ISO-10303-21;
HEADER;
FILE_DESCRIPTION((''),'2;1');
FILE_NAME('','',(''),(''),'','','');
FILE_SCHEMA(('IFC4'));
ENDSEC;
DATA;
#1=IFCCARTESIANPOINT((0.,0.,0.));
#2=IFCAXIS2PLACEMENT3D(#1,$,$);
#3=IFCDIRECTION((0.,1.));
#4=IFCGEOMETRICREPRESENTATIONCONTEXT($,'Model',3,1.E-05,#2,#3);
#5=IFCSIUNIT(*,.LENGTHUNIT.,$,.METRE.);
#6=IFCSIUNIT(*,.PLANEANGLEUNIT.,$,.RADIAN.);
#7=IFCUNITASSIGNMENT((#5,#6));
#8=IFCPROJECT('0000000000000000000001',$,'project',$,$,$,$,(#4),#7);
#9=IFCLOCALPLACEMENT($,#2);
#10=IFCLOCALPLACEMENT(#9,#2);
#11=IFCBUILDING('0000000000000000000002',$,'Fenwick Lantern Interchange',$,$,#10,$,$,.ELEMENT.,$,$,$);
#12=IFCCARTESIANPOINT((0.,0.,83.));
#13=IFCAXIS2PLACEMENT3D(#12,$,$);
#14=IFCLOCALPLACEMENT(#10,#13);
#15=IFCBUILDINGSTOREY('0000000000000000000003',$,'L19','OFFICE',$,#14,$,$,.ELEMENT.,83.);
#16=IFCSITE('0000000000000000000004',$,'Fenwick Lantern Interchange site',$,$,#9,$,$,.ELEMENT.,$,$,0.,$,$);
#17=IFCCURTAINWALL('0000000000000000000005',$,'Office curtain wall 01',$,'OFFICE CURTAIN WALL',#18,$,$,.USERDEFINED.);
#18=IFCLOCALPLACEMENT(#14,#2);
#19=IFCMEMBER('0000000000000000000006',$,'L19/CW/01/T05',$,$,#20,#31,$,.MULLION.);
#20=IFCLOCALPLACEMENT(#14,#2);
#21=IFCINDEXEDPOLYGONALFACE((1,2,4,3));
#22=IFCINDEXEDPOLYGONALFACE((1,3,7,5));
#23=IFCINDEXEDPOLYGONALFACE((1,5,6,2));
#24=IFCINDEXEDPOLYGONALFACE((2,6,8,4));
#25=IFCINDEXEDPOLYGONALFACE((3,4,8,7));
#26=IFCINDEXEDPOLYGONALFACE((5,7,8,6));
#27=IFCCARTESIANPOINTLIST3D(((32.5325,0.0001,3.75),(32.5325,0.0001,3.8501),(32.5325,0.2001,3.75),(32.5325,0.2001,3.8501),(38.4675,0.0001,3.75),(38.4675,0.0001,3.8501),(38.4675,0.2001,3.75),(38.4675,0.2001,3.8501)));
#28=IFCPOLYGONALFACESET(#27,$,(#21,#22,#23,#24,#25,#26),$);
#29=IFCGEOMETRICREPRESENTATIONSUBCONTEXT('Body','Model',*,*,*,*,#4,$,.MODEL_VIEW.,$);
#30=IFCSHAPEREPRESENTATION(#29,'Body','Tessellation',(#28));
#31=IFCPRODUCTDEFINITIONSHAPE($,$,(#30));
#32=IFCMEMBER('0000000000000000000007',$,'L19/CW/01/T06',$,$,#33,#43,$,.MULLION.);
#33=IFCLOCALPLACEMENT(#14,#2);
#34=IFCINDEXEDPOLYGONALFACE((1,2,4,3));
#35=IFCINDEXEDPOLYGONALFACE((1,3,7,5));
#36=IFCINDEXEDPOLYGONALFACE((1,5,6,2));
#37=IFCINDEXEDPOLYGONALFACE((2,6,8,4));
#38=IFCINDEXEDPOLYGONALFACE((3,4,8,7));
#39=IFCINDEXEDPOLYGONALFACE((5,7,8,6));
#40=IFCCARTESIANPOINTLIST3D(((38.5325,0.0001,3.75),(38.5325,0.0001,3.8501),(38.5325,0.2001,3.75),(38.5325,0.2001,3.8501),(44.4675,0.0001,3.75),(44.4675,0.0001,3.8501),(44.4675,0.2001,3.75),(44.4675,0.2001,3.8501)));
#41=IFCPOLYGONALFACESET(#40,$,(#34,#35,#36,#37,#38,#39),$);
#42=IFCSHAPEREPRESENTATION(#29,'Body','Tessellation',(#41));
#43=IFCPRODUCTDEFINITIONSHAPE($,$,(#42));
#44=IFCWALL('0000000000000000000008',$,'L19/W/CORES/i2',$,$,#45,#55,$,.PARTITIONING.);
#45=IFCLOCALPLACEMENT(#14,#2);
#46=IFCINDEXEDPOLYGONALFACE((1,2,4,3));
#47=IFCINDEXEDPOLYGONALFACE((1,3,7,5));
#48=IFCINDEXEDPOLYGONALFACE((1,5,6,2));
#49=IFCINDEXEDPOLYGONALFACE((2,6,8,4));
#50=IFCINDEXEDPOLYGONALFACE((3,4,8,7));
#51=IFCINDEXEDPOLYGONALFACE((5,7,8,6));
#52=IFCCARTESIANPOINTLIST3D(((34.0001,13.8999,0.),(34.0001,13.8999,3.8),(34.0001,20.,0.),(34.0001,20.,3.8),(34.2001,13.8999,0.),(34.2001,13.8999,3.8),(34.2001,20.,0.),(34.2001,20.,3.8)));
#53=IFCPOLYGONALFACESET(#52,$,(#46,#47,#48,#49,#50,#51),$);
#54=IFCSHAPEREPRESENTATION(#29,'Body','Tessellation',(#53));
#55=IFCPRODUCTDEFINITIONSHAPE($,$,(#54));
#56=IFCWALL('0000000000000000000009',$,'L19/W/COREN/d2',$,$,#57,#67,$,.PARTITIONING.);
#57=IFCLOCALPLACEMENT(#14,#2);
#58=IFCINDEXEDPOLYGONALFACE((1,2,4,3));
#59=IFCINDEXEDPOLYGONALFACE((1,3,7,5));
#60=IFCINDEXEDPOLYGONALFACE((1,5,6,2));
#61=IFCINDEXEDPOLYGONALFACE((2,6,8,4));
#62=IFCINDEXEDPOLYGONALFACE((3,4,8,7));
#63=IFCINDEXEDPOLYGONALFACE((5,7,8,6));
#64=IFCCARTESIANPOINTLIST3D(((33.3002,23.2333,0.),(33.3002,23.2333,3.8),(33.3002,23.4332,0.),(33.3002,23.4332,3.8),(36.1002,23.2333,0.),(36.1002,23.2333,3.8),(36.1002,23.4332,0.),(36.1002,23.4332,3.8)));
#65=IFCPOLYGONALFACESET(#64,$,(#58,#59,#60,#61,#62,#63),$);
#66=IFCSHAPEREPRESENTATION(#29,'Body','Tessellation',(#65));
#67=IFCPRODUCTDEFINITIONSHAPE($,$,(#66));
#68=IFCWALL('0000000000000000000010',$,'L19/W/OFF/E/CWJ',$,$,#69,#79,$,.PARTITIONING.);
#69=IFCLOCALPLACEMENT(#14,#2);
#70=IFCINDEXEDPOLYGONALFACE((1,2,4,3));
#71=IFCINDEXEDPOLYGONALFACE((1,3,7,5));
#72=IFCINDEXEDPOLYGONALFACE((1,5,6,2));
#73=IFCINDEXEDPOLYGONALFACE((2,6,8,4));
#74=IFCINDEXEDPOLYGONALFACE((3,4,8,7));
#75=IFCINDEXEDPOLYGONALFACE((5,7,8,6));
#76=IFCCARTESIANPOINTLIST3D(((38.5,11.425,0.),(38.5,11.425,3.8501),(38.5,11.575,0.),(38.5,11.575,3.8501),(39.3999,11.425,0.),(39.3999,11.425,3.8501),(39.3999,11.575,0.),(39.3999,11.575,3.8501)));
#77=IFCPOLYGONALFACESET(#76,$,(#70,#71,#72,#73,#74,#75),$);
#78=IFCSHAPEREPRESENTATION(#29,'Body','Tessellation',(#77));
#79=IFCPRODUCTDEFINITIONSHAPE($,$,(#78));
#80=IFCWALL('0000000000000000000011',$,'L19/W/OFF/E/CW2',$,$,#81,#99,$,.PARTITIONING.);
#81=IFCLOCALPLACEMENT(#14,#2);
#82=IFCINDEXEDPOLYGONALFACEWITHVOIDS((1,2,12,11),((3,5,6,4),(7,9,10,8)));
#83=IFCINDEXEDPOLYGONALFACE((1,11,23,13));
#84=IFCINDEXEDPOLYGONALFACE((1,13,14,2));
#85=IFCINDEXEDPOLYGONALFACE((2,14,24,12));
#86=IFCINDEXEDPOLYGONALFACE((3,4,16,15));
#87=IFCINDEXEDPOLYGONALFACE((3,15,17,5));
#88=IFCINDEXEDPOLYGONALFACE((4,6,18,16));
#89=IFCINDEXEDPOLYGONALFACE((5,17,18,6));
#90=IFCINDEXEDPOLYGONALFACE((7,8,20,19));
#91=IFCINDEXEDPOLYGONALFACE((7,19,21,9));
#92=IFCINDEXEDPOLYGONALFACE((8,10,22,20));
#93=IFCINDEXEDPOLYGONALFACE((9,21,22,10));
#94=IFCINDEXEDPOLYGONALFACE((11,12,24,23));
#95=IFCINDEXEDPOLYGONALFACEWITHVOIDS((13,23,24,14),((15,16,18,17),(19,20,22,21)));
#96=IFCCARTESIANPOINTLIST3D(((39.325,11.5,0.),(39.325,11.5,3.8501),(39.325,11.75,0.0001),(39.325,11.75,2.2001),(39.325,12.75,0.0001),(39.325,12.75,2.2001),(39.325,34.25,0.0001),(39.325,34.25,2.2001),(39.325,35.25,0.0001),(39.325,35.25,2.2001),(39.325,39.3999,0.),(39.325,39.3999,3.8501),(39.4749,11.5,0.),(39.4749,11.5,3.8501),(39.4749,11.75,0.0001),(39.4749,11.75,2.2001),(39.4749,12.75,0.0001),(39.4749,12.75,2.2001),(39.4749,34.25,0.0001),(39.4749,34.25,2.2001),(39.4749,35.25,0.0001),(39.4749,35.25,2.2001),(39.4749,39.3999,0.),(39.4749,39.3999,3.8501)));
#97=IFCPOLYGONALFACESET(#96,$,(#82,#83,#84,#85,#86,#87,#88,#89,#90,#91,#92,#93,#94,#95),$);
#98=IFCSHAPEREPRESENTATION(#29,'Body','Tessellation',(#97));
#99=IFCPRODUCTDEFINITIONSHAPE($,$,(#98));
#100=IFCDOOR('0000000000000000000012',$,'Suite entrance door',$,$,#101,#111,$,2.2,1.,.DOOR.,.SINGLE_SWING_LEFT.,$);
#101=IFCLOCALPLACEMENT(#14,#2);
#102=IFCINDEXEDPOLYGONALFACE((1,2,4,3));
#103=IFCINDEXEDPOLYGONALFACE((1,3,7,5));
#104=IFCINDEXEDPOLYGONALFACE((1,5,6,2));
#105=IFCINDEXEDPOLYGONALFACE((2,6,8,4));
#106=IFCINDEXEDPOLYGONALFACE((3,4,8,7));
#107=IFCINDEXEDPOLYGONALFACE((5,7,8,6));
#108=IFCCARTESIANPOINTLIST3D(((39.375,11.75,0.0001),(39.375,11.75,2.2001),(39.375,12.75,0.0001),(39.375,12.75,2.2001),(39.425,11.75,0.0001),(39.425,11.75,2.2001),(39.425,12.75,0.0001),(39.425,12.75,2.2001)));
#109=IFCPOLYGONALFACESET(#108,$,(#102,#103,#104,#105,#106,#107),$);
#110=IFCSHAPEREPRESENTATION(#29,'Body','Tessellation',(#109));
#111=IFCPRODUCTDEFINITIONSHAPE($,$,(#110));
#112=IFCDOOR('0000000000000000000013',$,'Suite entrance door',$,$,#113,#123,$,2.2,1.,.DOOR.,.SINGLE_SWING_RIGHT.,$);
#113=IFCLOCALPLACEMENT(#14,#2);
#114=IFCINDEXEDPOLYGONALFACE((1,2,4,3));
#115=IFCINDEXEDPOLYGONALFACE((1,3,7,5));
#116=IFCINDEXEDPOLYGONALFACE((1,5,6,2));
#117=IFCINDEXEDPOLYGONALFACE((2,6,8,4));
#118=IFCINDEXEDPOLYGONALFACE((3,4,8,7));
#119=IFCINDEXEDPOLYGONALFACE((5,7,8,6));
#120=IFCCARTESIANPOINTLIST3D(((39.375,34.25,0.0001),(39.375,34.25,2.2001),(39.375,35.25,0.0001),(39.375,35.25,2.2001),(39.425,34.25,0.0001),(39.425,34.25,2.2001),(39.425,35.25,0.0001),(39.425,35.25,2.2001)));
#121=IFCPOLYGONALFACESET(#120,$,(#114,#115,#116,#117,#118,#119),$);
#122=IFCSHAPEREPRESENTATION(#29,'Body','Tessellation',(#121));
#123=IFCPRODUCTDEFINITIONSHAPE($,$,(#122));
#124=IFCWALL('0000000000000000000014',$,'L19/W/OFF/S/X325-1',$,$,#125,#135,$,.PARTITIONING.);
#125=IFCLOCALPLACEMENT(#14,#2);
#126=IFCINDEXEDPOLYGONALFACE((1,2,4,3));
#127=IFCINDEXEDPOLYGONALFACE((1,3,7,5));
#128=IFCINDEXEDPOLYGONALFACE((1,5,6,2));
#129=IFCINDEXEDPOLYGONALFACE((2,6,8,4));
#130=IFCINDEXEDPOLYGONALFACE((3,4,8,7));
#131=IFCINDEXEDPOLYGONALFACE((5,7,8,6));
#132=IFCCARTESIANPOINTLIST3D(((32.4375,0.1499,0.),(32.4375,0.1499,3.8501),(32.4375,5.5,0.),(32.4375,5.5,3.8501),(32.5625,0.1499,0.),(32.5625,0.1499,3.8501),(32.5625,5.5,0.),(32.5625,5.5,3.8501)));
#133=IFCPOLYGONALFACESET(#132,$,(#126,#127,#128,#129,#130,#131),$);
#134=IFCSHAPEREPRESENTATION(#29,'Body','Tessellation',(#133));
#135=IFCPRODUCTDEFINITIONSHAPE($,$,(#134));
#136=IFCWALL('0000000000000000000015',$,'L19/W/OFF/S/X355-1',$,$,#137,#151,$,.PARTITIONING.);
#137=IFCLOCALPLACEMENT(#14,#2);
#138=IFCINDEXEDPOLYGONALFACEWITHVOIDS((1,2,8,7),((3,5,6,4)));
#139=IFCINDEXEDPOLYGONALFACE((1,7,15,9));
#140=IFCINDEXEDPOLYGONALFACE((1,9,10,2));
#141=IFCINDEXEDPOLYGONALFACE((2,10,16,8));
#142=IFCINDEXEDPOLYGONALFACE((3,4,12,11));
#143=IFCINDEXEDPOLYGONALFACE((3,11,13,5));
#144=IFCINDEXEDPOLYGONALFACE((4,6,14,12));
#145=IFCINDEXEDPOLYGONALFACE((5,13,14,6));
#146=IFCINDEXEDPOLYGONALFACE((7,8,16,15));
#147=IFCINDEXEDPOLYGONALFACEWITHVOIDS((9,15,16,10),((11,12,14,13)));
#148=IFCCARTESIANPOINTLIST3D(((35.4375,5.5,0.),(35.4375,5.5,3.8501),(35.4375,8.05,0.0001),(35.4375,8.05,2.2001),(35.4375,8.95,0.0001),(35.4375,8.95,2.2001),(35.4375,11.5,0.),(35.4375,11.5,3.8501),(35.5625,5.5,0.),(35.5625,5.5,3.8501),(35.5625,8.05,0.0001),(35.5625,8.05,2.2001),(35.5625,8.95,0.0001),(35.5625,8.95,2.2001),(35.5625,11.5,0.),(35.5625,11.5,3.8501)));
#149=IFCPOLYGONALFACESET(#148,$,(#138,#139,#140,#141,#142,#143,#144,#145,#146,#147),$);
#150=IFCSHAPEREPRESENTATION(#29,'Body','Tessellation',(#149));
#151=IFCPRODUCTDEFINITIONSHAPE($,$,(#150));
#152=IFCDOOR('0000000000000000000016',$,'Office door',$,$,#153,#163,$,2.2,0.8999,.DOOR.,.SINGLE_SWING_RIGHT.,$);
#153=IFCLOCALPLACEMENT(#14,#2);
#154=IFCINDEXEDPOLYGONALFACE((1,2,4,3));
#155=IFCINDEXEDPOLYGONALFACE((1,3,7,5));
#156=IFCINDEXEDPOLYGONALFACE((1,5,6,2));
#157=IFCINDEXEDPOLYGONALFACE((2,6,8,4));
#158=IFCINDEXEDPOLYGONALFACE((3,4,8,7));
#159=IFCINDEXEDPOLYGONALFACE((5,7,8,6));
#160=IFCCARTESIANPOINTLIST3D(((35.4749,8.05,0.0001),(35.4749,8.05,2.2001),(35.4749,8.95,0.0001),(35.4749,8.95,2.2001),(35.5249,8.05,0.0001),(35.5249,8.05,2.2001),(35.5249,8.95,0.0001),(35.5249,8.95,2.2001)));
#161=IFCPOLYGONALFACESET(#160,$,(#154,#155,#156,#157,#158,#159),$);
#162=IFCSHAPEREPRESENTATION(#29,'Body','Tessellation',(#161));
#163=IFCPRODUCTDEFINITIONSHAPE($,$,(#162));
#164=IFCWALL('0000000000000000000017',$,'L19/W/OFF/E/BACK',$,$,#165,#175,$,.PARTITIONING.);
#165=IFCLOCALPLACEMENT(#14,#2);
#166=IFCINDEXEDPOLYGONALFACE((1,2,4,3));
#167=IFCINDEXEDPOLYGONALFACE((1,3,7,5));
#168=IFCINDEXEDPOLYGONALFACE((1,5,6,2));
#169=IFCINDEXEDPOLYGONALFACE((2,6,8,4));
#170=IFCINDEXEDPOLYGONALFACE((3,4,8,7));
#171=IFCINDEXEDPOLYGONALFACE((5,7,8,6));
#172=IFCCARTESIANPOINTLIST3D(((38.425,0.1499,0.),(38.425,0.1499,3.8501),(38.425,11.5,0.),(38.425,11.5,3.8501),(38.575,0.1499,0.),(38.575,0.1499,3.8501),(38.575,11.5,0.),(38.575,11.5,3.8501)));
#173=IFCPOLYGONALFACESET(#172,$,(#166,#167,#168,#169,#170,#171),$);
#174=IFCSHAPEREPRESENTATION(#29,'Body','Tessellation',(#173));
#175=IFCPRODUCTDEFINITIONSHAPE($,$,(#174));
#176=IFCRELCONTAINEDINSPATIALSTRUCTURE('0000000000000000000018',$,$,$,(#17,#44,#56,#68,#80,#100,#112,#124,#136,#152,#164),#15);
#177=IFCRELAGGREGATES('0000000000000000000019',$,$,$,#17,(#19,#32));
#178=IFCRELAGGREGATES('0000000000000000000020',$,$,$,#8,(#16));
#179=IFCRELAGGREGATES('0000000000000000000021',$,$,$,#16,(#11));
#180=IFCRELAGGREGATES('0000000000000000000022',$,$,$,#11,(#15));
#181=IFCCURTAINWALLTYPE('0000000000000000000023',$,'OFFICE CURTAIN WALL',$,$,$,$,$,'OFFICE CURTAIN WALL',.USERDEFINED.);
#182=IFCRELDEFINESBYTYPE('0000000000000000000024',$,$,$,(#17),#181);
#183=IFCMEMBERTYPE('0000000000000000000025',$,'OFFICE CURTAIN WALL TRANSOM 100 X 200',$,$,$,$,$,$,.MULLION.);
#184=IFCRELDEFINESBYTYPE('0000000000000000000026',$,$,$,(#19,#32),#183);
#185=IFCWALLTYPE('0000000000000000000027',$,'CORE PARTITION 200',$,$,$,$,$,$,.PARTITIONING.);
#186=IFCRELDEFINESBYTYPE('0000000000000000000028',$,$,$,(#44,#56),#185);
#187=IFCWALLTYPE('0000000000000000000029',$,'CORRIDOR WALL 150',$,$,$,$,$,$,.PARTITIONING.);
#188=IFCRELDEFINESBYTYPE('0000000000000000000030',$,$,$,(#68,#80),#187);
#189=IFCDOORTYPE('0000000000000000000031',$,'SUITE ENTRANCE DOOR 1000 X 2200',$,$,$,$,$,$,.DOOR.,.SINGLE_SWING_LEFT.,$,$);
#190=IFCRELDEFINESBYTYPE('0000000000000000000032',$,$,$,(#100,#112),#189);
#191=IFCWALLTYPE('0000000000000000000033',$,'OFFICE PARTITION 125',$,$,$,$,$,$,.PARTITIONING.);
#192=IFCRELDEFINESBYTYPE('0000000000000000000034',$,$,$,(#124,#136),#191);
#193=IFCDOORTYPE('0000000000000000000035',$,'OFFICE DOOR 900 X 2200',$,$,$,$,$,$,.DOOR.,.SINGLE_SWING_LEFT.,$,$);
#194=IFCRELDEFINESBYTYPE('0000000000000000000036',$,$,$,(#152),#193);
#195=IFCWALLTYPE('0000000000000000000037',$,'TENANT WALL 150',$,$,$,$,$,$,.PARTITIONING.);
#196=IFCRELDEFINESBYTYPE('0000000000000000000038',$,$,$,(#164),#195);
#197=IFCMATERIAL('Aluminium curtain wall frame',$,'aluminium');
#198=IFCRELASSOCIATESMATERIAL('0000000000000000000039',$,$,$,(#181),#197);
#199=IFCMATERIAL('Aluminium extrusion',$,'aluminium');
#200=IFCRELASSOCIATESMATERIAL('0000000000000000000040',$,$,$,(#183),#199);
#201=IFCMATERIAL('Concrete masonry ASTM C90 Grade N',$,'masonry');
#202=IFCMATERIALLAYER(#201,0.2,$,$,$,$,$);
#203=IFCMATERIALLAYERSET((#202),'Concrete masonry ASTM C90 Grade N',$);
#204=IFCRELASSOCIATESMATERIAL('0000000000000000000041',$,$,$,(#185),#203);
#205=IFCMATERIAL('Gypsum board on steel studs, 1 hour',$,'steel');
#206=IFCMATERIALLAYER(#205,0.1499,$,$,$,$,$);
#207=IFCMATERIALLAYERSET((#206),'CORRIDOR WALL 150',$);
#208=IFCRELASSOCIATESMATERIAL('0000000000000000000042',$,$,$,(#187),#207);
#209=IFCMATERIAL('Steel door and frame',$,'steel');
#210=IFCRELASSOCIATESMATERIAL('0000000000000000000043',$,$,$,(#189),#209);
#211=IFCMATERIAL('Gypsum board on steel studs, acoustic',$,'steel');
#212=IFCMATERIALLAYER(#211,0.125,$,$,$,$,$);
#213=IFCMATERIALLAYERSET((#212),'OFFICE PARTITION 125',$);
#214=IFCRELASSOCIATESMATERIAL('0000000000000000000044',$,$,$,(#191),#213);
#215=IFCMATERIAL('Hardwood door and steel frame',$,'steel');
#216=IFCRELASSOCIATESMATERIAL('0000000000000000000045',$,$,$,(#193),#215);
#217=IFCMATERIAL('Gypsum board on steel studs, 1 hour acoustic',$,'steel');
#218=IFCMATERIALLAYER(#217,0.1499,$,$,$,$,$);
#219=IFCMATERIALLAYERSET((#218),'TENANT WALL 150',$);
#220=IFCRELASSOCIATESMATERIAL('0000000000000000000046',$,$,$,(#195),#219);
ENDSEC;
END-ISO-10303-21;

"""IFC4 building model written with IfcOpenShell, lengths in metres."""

from ifc_helpers import new_model, si_unit, direction, frame, frame_2d, origin, origin_2d, place, context, subcontext, project, spatial, rectangle, extrude, material, layer, layer_set, material_profile, profile_set, type_object, element, fill, aggregate, save


model = new_model("IFC4")

# Units and contexts
model_context = context("Model", 3, precision=1e-05, world=origin(), true_north=direction((0.0, 1.0)))
body_context = subcontext(model_context, "Body", "Model", "MODEL_VIEW")
ifc_project = project(units=[si_unit("LENGTHUNIT", "METRE"), si_unit("PLANEANGLEUNIT", "RADIAN")], contexts=[model_context])

# Site, building, storey
site_placement = place(None, origin())
site = spatial("IfcSite", under=ifc_project, at=site_placement, Name="Fenwick Lantern Interchange site", CompositionType="ELEMENT", RefElevation=0.0)
building_placement = place(site_placement, origin())
building = spatial("IfcBuilding", under=site, at=building_placement, Name="Fenwick Lantern Interchange", CompositionType="ELEMENT")
storey_placement = place(building_placement, frame((0.0, 0.0, 83.0)))
storey = spatial("IfcBuildingStorey", under=building, at=storey_placement, Name="L19", Description="OFFICE", CompositionType="ELEMENT", Elevation=83.0)

# Curtain wall, members
ifc_material_1 = material(Name="Aluminium curtain wall frame", Category="aluminium")
curtain_wall_type = type_object("IfcCurtainWallType", Name="OFFICE CURTAIN WALL", ElementType="OFFICE CURTAIN WALL", PredefinedType="USERDEFINED", material=ifc_material_1)
curtain_wall_placement = place(storey_placement, origin())
curtain_wall = element("IfcCurtainWall", 1, at=curtain_wall_placement, inside=storey, type_object=curtain_wall_type, Name="Office curtain wall 01", ObjectType="OFFICE CURTAIN WALL", PredefinedType="USERDEFINED")
ifc_material_2 = material(Name="Aluminium extrusion", Category="aluminium")
ifc_material_profile_1 = material_profile(ifc_material_2, rectangle(XDim=0.2, YDim=0.1001, at=origin_2d()), Name="OFFICE CURTAIN WALL TRANSOM 100 X 200")
ifc_profile_set_1 = profile_set([ifc_material_profile_1], Name="Aluminium extrusion")
member_type_1 = type_object("IfcMemberType", Name="OFFICE CURTAIN WALL TRANSOM 100 X 200", PredefinedType="MULLION", material=ifc_profile_set_1)
member_1_placement = place(storey_placement, frame((32.5325, 0.1001, 3.8), z_axis=(1.0, 0.0, 0.0), x_axis=(0.0, 1.0, 0.0)))
member_1 = element("IfcMember", 2, at=member_1_placement, type_object=member_type_1, Name="L19/CW/01/T05", PredefinedType="MULLION", context=body_context, shape_type="SweptSolid", body=[
    extrude(rectangle(XDim=0.2, YDim=0.1001, at=origin_2d()), origin(), (0.0, 0.0, 1.0), 5.9351),
])
member_2_placement = place(storey_placement, frame((38.5325, 0.1001, 3.8), z_axis=(1.0, 0.0, 0.0), x_axis=(0.0, 1.0, 0.0)))
member_2 = element("IfcMember", 3, at=member_2_placement, type_object=member_type_1, Name="L19/CW/01/T06", PredefinedType="MULLION", context=body_context, shape_type="SweptSolid", body=[
    extrude(rectangle(XDim=0.2, YDim=0.1001, at=origin_2d()), origin(), (0.0, 0.0, 1.0), 5.9351),
])
aggregate(curtain_wall, [member_1, member_2])

# Walls
ifc_material_3 = material(Name="Concrete masonry ASTM C90 Grade N", Category="masonry")
ifc_layer_1 = layer(ifc_material_3, 0.2)
ifc_layer_set_1 = layer_set([ifc_layer_1], Name="Concrete masonry ASTM C90 Grade N")
wall_type_1 = type_object("IfcWallType", Name="CORE PARTITION 200", PredefinedType="PARTITIONING", material=ifc_layer_set_1)
wall_1_placement = place(storey_placement, frame((34.1001, 13.8999, 0.0), z_axis=(0.0, 0.0, 1.0), x_axis=(0.0, 1.0, 0.0)))
element("IfcWall", 4, at=wall_1_placement, inside=storey, type_object=wall_type_1, Name="L19/W/CORES/i2", PredefinedType="PARTITIONING", context=body_context, shape_type="SweptSolid", body=[
    extrude(rectangle(XDim=6.1001, YDim=0.2, at=frame_2d((3.05, 0.0))), origin(), (0.0, 0.0, 1.0), 3.8),
])
wall_2_placement = place(storey_placement, frame((36.1001, 23.3333, 0.0), z_axis=(0.0, 0.0, 1.0), x_axis=(-1.0, 0.0, 0.0)))
element("IfcWall", 5, at=wall_2_placement, inside=storey, type_object=wall_type_1, Name="L19/W/COREN/d2", PredefinedType="PARTITIONING", context=body_context, shape_type="SweptSolid", body=[
    extrude(rectangle(XDim=2.8, YDim=0.2, at=frame_2d((1.3999, 0.0))), origin(), (0.0, 0.0, 1.0), 3.8),
])

# Shared definitions
ifc_material_4 = material(Name="Steel door and frame", Category="steel")
ifc_material_5 = material(Name="Hardwood door and steel frame", Category="steel")

# Wall
ifc_material_6 = material(Name="Gypsum board on steel studs, 1 hour", Category="steel")
ifc_layer_2 = layer(ifc_material_6, 0.1499)
ifc_layer_set_2 = layer_set([ifc_layer_2], Name="CORRIDOR WALL 150")
wall_type_2 = type_object("IfcWallType", Name="CORRIDOR WALL 150", PredefinedType="PARTITIONING", material=ifc_layer_set_2)
wall_3_placement = place(storey_placement, frame((38.5, 11.5, 0.0), z_axis=(0.0, 0.0, 1.0), x_axis=(1.0, 0.0, 0.0)))
element("IfcWall", 6, at=wall_3_placement, inside=storey, type_object=wall_type_2, Name="L19/W/OFF/E/CWJ", PredefinedType="PARTITIONING", context=body_context, shape_type="SweptSolid", body=[
    extrude(rectangle(XDim=0.8999, YDim=0.1499, at=frame_2d((0.45, 0.0))), origin(), (0.0, 0.0, 1.0), 3.8501),
])

# Wall, openings, doors
wall_4_placement = place(storey_placement, frame((39.3999, 11.5, 0.0), z_axis=(0.0, 0.0, 1.0), x_axis=(0.0, 1.0, 0.0)))
wall_4 = element("IfcWall", 7, at=wall_4_placement, inside=storey, type_object=wall_type_2, Name="L19/W/OFF/E/CW2", PredefinedType="PARTITIONING", context=body_context, shape_type="SweptSolid", body=[
    extrude(rectangle(XDim=27.8999, YDim=0.1499, at=frame_2d((13.95, 0.0))), origin(), (0.0, 0.0, 1.0), 3.8501),
])
opening_1_placement = place(wall_4_placement, frame((0.25, 0.0, 0.0)))
opening_1 = element("IfcOpeningElement", 8, at=opening_1_placement, cuts=wall_4, PredefinedType="OPENING", context=body_context, shape_type="SweptSolid", body=[
    extrude(rectangle(XDim=1.0, YDim=2.2, at=frame_2d((0.5, 1.1001))), frame((0.0, 0.085, 0.0), z_axis=(0.0, -1.0, 0.0), x_axis=(1.0, 0.0, 0.0)), (0.0, 0.0, 1.0), 0.1699),
])
opening_2_placement = place(wall_4_placement, frame((22.75, 0.0, 0.0)))
opening_2 = element("IfcOpeningElement", 9, at=opening_2_placement, cuts=wall_4, PredefinedType="OPENING", context=body_context, shape_type="SweptSolid", body=[
    extrude(rectangle(XDim=1.0, YDim=2.2, at=frame_2d((0.5, 1.1001))), frame((0.0, 0.085, 0.0), z_axis=(0.0, -1.0, 0.0), x_axis=(1.0, 0.0, 0.0)), (0.0, 0.0, 1.0), 0.1699),
])
door_type_1 = type_object("IfcDoorType", Name="SUITE ENTRANCE DOOR 1000 X 2200", OperationType="SINGLE_SWING_LEFT", PredefinedType="DOOR", material=ifc_material_4)
door_1_placement = place(opening_1_placement, origin())
door_1 = element("IfcDoor", 10, at=door_1_placement, inside=storey, type_object=door_type_1, Name="Suite entrance door", OperationType="SINGLE_SWING_LEFT", OverallHeight=2.2, OverallWidth=1.0, PredefinedType="DOOR", context=body_context, shape_type="SweptSolid", body=[
    extrude(rectangle(XDim=1.0, YDim=2.2, at=frame_2d((0.5, 1.1001))), frame((0.0, 0.0249, 0.0), z_axis=(0.0, -1.0, 0.0), x_axis=(1.0, 0.0, 0.0)), (0.0, 0.0, 1.0), 0.05),
])
fill(opening_1, door_1)
door_2_placement = place(opening_2_placement, origin())
door_2 = element("IfcDoor", 11, at=door_2_placement, inside=storey, type_object=door_type_1, Name="Suite entrance door", OperationType="SINGLE_SWING_RIGHT", OverallHeight=2.2, OverallWidth=1.0, PredefinedType="DOOR", context=body_context, shape_type="SweptSolid", body=[
    extrude(rectangle(XDim=1.0, YDim=2.2, at=frame_2d((0.5, 1.1001))), frame((0.0, 0.0249, 0.0), z_axis=(0.0, -1.0, 0.0), x_axis=(1.0, 0.0, 0.0)), (0.0, 0.0, 1.0), 0.05),
])
fill(opening_2, door_2)

# Wall
ifc_material_7 = material(Name="Gypsum board on steel studs, acoustic", Category="steel")
ifc_layer_3 = layer(ifc_material_7, 0.125)
ifc_layer_set_3 = layer_set([ifc_layer_3], Name="OFFICE PARTITION 125")
wall_type_3 = type_object("IfcWallType", Name="OFFICE PARTITION 125", PredefinedType="PARTITIONING", material=ifc_layer_set_3)
wall_5_placement = place(storey_placement, frame((32.5, 0.1499, 0.0), z_axis=(0.0, 0.0, 1.0), x_axis=(0.0, 1.0, 0.0)))
element("IfcWall", 12, at=wall_5_placement, inside=storey, type_object=wall_type_3, Name="L19/W/OFF/S/X325-1", PredefinedType="PARTITIONING", context=body_context, shape_type="SweptSolid", body=[
    extrude(rectangle(XDim=5.3501, YDim=0.125, at=frame_2d((2.675, 0.0))), origin(), (0.0, 0.0, 1.0), 3.8501),
])

# Wall, opening, door
wall_6_placement = place(storey_placement, frame((35.5, 5.5, 0.0), z_axis=(0.0, 0.0, 1.0), x_axis=(0.0, 1.0, 0.0)))
wall_6 = element("IfcWall", 13, at=wall_6_placement, inside=storey, type_object=wall_type_3, Name="L19/W/OFF/S/X355-1", PredefinedType="PARTITIONING", context=body_context, shape_type="SweptSolid", body=[
    extrude(rectangle(XDim=6.0, YDim=0.125, at=frame_2d((3.0, 0.0))), origin(), (0.0, 0.0, 1.0), 3.8501),
])
opening_3_placement = place(wall_6_placement, frame((2.55, 0.0, 0.0)))
opening_3 = element("IfcOpeningElement", 14, at=opening_3_placement, cuts=wall_6, PredefinedType="OPENING", context=body_context, shape_type="SweptSolid", body=[
    extrude(rectangle(XDim=0.8999, YDim=2.2, at=frame_2d((0.45, 1.1001))), frame((0.0, 0.0725, 0.0), z_axis=(0.0, -1.0, 0.0), x_axis=(1.0, 0.0, 0.0)), (0.0, 0.0, 1.0), 0.145),
])
door_type_2 = type_object("IfcDoorType", Name="OFFICE DOOR 900 X 2200", OperationType="SINGLE_SWING_LEFT", PredefinedType="DOOR", material=ifc_material_5)
door_3_placement = place(opening_3_placement, frame((0.8999, 0.0, 0.0), z_axis=(0.0, 0.0, 1.0), x_axis=(-1.0, 0.0, 0.0)))
door_3 = element("IfcDoor", 15, at=door_3_placement, inside=storey, type_object=door_type_2, Name="Office door", OperationType="SINGLE_SWING_RIGHT", OverallHeight=2.2, OverallWidth=0.8999, PredefinedType="DOOR", context=body_context, shape_type="SweptSolid", body=[
    extrude(rectangle(XDim=0.8999, YDim=2.2, at=frame_2d((0.45, 1.1001))), frame((0.0, 0.0249, 0.0), z_axis=(0.0, -1.0, 0.0), x_axis=(1.0, 0.0, 0.0)), (0.0, 0.0, 1.0), 0.05),
])
fill(opening_3, door_3)

# Wall
ifc_material_8 = material(Name="Gypsum board on steel studs, 1 hour acoustic", Category="steel")
ifc_layer_4 = layer(ifc_material_8, 0.1499)
ifc_layer_set_4 = layer_set([ifc_layer_4], Name="TENANT WALL 150")
wall_type_4 = type_object("IfcWallType", Name="TENANT WALL 150", PredefinedType="PARTITIONING", material=ifc_layer_set_4)
wall_7_placement = place(storey_placement, frame((38.5, 0.1499, 0.0), z_axis=(0.0, 0.0, 1.0), x_axis=(0.0, 1.0, 0.0)))
element("IfcWall", 16, at=wall_7_placement, inside=storey, type_object=wall_type_4, Name="L19/W/OFF/E/BACK", PredefinedType="PARTITIONING", context=body_context, shape_type="SweptSolid", body=[
    extrude(rectangle(XDim=11.3501, YDim=0.1499, at=frame_2d((5.675, 0.0))), origin(), (0.0, 0.0, 1.0), 3.8501),
])

save(model, "model.ifc")
